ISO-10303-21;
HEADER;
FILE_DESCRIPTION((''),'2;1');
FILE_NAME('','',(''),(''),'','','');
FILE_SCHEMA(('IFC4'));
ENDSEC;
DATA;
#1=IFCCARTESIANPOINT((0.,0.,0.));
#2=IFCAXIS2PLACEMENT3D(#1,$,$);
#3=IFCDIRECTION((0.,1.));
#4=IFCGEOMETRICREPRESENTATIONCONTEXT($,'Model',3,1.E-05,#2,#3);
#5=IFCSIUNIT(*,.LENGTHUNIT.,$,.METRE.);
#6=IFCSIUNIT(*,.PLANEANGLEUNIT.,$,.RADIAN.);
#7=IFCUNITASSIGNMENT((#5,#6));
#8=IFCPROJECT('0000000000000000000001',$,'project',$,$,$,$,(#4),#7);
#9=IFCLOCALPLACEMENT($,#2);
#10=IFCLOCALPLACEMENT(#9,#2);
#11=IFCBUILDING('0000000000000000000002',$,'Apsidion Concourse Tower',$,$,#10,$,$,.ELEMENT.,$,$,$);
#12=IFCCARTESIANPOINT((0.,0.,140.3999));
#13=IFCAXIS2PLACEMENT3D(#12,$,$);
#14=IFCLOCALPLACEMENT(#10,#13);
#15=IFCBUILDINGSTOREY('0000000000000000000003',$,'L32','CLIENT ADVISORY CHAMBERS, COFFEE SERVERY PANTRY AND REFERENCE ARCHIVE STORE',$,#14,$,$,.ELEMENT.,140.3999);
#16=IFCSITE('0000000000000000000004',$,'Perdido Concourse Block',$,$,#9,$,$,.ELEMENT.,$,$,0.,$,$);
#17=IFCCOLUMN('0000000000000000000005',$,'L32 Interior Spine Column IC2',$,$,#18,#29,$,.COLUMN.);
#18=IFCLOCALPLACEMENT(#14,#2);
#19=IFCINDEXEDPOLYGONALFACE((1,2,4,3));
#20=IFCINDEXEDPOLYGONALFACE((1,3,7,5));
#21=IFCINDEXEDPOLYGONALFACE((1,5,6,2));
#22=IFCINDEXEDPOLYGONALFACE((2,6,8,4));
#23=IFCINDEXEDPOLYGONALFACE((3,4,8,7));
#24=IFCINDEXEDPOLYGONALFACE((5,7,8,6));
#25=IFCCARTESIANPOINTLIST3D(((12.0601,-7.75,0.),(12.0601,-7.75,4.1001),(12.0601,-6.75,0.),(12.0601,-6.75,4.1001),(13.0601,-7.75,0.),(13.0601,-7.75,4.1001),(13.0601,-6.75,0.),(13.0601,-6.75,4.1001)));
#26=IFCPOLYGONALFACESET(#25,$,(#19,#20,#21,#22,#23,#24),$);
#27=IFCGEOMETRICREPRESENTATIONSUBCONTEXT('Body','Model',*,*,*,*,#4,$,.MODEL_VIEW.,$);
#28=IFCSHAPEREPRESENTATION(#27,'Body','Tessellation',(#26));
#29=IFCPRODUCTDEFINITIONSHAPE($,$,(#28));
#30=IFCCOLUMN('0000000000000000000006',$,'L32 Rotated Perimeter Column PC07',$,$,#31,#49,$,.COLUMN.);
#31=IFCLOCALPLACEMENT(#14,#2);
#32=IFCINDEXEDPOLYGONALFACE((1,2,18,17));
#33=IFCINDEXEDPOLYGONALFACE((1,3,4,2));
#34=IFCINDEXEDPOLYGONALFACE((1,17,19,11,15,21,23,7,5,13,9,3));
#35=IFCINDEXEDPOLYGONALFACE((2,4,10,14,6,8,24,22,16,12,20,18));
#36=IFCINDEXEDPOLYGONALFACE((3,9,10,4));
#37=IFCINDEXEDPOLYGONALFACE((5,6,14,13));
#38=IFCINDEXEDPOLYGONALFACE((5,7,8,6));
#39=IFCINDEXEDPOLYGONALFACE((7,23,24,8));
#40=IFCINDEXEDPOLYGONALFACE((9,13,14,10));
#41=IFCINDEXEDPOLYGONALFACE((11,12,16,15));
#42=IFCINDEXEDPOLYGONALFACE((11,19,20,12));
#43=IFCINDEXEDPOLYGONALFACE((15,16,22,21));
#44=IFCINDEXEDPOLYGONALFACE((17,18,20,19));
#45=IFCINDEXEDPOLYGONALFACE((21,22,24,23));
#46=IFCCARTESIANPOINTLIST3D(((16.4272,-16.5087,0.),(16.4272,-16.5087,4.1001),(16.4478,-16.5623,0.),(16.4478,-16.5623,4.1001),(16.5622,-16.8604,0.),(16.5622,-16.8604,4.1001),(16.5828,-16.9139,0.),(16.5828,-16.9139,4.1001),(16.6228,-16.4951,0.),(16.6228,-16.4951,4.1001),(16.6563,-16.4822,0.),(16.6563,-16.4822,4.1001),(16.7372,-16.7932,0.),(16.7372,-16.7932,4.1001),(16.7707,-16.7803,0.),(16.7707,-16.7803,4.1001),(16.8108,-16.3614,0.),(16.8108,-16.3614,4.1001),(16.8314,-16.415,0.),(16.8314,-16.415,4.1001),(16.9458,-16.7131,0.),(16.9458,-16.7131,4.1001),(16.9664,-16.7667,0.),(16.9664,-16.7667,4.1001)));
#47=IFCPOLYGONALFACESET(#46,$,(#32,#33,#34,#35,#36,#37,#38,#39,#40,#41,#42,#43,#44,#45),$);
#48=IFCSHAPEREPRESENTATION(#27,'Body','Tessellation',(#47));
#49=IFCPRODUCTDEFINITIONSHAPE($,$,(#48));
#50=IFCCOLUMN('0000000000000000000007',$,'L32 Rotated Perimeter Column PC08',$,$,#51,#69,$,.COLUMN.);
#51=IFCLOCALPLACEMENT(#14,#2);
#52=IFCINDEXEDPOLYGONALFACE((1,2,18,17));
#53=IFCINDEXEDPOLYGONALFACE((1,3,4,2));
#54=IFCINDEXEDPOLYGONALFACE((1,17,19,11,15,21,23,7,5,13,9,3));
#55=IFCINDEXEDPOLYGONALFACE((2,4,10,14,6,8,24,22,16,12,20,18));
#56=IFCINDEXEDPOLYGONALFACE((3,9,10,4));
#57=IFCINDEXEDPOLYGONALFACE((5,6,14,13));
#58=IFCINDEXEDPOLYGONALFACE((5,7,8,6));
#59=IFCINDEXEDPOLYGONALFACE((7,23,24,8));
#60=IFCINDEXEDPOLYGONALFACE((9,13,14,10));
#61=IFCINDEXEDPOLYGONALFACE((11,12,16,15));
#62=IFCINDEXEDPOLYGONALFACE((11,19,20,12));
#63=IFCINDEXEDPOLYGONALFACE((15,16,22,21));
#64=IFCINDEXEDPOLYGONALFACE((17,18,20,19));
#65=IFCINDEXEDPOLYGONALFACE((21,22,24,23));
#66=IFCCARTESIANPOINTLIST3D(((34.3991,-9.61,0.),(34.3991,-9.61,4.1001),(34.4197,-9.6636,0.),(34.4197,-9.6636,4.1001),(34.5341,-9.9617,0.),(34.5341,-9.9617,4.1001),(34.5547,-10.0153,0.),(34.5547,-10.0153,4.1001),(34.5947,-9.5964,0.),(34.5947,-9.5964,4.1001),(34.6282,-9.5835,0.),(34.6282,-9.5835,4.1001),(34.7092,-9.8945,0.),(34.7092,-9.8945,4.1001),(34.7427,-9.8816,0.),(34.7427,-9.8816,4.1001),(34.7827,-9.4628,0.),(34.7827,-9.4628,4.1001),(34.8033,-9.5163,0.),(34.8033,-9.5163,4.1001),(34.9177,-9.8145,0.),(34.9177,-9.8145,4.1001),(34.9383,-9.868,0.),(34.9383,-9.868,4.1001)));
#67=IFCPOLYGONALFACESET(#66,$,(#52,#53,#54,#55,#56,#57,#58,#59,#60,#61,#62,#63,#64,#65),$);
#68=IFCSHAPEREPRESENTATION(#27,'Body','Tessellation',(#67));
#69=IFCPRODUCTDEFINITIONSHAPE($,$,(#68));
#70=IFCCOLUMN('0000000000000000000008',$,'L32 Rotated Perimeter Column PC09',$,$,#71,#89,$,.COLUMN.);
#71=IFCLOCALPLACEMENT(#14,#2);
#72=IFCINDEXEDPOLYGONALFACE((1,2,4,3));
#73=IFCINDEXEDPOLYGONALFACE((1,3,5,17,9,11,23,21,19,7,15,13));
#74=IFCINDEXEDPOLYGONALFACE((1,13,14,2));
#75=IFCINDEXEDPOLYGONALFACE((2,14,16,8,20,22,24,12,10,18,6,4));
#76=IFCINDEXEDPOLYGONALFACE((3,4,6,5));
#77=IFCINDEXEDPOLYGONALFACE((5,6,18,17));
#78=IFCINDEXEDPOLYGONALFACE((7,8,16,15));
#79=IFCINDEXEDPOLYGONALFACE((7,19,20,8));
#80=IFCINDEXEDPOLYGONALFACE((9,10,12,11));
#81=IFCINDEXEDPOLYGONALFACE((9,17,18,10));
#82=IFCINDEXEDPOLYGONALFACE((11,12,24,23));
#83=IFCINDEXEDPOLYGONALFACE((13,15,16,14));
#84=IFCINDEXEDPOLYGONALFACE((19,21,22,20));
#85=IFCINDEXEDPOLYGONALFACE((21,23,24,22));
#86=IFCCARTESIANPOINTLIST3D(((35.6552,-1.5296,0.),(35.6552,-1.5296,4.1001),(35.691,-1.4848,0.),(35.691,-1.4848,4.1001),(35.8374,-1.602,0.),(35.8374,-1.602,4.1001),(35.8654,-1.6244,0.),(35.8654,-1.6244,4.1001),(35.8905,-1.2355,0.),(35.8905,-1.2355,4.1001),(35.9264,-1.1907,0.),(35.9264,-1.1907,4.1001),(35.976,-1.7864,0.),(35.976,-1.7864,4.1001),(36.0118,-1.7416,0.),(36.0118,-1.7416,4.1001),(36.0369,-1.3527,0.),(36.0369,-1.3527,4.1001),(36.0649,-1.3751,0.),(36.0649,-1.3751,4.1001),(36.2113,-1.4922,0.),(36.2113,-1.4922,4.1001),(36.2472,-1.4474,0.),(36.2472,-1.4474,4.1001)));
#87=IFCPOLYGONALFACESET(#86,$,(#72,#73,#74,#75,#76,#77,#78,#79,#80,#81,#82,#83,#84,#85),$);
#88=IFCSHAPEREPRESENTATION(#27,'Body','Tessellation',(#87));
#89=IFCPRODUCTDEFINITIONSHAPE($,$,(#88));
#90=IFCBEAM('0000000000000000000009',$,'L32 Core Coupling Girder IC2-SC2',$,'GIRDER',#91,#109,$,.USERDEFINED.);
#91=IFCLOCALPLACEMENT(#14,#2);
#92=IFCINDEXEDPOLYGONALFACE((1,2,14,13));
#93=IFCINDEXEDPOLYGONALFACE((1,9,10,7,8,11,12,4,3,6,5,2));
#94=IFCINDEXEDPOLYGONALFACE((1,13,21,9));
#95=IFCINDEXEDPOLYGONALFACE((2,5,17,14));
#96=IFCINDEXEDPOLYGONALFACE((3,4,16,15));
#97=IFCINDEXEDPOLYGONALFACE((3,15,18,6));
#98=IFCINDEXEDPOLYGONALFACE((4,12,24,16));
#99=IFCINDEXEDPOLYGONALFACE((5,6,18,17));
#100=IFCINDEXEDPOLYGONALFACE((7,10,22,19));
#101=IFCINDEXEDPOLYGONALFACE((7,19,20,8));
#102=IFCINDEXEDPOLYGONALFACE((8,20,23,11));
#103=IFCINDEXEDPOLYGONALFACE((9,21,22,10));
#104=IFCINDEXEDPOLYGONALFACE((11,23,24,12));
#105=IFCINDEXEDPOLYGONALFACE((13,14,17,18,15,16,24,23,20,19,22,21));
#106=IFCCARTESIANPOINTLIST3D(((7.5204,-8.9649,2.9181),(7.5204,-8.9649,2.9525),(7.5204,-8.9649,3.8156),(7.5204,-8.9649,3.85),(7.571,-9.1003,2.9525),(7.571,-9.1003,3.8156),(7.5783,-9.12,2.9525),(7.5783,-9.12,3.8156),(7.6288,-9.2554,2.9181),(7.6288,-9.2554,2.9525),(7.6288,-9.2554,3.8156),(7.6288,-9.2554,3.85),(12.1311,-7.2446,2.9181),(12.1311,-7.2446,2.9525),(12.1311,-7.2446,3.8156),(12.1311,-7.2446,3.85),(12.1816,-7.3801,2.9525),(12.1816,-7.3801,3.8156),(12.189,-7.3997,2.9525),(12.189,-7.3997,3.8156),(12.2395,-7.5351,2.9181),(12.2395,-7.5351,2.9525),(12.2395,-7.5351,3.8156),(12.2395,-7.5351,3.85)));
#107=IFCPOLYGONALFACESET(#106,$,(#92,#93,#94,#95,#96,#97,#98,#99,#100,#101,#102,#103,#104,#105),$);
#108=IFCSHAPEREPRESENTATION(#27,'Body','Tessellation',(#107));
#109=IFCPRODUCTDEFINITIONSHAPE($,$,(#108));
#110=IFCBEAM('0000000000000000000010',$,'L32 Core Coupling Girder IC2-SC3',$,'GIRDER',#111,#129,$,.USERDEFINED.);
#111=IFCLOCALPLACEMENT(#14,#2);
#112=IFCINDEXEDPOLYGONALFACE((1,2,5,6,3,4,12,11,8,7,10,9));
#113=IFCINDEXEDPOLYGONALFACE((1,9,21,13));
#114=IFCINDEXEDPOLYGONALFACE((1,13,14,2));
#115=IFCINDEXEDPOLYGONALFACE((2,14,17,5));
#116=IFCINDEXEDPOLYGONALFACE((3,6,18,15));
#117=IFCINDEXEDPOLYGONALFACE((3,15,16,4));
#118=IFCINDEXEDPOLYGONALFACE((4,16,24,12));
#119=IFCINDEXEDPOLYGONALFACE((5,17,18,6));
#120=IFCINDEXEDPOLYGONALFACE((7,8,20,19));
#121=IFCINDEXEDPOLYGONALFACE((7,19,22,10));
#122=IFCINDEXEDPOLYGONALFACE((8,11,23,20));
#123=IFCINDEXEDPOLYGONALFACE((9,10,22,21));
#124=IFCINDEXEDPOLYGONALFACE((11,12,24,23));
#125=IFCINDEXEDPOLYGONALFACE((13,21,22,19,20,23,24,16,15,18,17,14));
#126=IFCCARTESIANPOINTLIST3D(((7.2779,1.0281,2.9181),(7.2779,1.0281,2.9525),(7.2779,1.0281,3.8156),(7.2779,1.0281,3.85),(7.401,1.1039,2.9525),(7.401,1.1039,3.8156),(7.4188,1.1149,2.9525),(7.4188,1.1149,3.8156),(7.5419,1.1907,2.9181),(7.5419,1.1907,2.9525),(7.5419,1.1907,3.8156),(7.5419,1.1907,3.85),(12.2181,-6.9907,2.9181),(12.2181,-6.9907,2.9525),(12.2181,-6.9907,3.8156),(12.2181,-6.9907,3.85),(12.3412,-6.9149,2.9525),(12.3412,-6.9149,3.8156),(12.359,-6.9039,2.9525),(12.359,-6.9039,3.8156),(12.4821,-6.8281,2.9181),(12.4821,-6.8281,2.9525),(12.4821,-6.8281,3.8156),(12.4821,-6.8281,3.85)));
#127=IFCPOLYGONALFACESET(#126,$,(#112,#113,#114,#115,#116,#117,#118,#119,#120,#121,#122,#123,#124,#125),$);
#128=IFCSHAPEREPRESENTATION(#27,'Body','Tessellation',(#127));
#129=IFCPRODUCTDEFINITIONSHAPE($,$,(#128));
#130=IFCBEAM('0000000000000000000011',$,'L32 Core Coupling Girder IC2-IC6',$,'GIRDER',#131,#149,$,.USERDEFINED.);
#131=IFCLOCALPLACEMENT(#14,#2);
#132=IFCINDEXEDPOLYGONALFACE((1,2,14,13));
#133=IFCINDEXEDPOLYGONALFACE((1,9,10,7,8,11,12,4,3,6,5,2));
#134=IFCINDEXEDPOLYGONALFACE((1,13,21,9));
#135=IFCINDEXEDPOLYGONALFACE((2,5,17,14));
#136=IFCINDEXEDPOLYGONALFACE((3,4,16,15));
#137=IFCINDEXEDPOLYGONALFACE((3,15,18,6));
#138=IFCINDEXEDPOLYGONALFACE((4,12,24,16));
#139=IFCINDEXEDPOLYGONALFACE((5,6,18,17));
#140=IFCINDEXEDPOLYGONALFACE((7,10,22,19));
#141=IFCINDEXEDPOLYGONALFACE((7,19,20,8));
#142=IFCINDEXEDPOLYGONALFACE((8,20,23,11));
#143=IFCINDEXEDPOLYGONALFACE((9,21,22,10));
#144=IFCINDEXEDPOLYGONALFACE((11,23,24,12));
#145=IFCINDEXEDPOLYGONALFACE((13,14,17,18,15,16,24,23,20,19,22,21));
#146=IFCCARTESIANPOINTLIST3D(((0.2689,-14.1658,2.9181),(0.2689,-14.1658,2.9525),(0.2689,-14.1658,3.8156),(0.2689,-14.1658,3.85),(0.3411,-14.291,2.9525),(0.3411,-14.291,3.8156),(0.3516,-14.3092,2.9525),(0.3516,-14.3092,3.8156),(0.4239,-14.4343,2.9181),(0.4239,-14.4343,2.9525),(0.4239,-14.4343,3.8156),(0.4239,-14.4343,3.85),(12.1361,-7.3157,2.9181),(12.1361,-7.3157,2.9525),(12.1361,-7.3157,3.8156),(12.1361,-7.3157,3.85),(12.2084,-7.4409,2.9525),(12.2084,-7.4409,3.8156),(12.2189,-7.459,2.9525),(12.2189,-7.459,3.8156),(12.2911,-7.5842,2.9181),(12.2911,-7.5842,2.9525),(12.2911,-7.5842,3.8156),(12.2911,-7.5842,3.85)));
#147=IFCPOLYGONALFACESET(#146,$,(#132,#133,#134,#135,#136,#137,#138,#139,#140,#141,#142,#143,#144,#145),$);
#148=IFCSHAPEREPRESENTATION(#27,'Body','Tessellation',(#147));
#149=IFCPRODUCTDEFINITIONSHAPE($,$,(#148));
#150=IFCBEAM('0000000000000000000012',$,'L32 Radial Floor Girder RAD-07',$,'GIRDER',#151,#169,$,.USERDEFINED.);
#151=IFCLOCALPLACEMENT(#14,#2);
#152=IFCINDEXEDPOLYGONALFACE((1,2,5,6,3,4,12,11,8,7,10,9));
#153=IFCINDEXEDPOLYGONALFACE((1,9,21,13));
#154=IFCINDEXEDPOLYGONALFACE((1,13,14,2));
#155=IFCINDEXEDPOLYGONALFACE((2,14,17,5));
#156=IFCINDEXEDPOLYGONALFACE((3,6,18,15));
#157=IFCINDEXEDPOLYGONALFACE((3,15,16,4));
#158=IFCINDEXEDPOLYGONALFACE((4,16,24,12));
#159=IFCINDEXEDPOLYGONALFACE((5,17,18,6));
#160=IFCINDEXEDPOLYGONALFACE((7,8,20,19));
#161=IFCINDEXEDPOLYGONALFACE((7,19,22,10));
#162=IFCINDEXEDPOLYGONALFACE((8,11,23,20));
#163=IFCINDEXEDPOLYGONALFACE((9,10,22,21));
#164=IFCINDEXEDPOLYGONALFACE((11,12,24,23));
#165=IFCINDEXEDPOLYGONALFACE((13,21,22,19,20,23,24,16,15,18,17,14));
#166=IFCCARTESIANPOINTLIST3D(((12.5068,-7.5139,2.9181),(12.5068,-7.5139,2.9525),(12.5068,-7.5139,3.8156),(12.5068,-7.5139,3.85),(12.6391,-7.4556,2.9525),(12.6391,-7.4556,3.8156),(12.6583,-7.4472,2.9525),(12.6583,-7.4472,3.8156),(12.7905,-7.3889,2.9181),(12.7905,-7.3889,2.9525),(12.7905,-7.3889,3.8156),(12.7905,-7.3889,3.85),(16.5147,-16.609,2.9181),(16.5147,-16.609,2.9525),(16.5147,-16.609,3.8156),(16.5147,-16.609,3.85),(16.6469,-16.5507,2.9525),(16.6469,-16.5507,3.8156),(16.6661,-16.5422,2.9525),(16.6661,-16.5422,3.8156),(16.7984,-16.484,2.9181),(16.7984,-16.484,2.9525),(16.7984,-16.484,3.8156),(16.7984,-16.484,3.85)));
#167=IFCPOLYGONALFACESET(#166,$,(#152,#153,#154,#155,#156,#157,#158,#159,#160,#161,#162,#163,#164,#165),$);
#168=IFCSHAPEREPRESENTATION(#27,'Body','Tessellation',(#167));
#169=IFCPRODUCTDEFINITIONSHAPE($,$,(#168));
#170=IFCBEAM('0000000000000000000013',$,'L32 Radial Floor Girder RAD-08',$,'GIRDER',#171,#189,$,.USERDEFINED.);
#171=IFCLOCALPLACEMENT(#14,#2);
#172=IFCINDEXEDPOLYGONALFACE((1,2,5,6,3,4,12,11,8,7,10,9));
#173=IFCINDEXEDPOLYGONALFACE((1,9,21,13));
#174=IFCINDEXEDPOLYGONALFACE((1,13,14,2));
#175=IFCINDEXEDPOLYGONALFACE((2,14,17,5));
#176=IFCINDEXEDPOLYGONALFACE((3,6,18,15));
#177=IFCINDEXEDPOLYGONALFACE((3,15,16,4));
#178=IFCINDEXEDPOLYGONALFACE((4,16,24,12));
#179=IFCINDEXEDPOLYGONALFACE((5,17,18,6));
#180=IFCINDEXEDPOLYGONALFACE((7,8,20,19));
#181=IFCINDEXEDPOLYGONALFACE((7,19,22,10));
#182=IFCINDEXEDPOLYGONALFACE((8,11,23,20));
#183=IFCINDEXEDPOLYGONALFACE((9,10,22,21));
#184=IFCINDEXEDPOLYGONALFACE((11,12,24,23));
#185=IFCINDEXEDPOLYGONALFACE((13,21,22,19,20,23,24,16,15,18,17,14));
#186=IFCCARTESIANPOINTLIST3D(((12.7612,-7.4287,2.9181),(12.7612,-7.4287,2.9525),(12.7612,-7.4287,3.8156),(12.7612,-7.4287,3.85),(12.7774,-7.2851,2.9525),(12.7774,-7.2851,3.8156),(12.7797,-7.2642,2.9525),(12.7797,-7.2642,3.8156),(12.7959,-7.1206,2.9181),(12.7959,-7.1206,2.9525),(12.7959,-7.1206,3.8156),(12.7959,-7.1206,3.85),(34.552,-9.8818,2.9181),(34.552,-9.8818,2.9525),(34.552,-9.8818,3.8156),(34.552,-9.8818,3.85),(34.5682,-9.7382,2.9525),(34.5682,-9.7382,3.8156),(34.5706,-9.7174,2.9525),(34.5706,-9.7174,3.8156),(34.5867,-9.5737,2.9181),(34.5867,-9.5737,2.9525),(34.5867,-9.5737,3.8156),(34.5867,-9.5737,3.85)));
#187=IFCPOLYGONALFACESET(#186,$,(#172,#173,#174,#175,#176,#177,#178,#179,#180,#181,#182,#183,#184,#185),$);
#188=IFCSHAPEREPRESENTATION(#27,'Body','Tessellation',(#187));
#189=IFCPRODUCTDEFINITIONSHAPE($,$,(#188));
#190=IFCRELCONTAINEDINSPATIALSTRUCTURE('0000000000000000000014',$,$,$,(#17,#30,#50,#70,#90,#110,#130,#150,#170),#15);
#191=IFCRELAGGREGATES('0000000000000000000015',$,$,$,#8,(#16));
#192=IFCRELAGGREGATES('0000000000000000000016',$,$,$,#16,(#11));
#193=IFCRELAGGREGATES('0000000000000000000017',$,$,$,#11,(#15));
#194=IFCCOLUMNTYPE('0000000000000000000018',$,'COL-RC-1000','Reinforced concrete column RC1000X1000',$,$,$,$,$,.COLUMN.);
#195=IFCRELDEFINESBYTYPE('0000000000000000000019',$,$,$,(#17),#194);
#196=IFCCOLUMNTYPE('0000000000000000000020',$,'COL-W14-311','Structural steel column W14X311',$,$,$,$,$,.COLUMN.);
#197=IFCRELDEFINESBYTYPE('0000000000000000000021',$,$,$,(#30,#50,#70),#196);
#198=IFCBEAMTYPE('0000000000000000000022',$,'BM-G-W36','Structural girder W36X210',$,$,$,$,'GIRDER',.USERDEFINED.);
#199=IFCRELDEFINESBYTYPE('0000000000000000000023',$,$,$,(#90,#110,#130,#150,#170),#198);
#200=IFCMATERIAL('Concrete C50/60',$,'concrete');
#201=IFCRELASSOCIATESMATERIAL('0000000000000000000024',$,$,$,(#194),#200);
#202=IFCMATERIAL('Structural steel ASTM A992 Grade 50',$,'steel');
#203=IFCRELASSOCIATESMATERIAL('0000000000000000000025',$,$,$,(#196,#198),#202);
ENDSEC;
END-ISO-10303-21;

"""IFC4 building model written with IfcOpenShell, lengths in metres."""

from ifc_helpers import new_model, si_unit, direction, frame, origin, origin_2d, place, context, subcontext, project, spatial, rectangle, i_section, extrude, material, material_profile, profile_set, type_object, element, save


model = new_model("IFC4")

# Units and contexts
model_context = context("Model", 3, precision=1e-05, world=origin(), true_north=direction((0.0, 1.0)))
body_context = subcontext(model_context, "Body", "Model", "MODEL_VIEW")
ifc_project = project(units=[si_unit("LENGTHUNIT", "METRE"), si_unit("PLANEANGLEUNIT", "RADIAN")], contexts=[model_context])

# Site, building, storey
site_placement = place(None, origin())
site = spatial("IfcSite", under=ifc_project, at=site_placement, Name="Perdido Concourse Block", CompositionType="ELEMENT", RefElevation=0.0)
building_placement = place(site_placement, origin())
building = spatial("IfcBuilding", under=site, at=building_placement, Name="Apsidion Concourse Tower", CompositionType="ELEMENT")
storey_placement = place(building_placement, frame((0.0, 0.0, 140.3999)))
storey = spatial("IfcBuildingStorey", under=building, at=storey_placement, Name="L32", Description="CLIENT ADVISORY CHAMBERS, COFFEE SERVERY PANTRY AND REFERENCE ARCHIVE STORE", CompositionType="ELEMENT", Elevation=140.3999)

# Columns
ifc_material_1 = material(Name="Concrete C50/60", Category="concrete")
ifc_material_profile_1 = material_profile(ifc_material_1, rectangle(XDim=1.0, YDim=1.0, at=origin_2d()), Name="RC 1000x1000")
ifc_profile_set_1 = profile_set([ifc_material_profile_1], Name="Concrete C50/60")
column_type_1 = type_object("IfcColumnType", Name="COL-RC-1000", Description="Reinforced concrete column RC1000X1000", PredefinedType="COLUMN", material=ifc_profile_set_1)
column_placement = place(storey_placement, frame((12.5601, -7.25, 0.0), z_axis=(0.0, 0.0, 1.0), x_axis=(1.0, 0.0, 0.0)))
element("IfcColumn", 1, at=column_placement, inside=storey, type_object=column_type_1, Name="L32 Interior Spine Column IC2", PredefinedType="COLUMN", context=body_context, shape_type="SweptSolid", body=[
    extrude(rectangle(XDim=1.0, YDim=1.0, at=origin_2d()), origin(), (0.0, 0.0, 1.0), 4.1001),
])
ifc_material_2 = material(Name="Structural steel ASTM A992 Grade 50", Category="steel")
ifc_material_profile_2 = material_profile(ifc_material_2, i_section(OverallWidth=0.4109, OverallDepth=0.4341, WebThickness=0.0359, FlangeThickness=0.0574, at=origin_2d()), Name="W14X311")
ifc_profile_set_2 = profile_set([ifc_material_profile_2], Name="Structural steel ASTM A992 Grade 50")
column_type_2 = type_object("IfcColumnType", Name="COL-W14-311", Description="Structural steel column W14X311", PredefinedType="COLUMN", material=ifc_profile_set_2)
for number, where, z_axis, x_axis, name in (
    (2, (16.6968, -16.6377, 0.0), (0.0, 0.0, 1.0), (0.93358, 0.358368, 0.0), "L32 Rotated Perimeter Column PC07"),
    (3, (34.6687, -9.739, 0.0), (0.0, 0.0, 1.0), (0.93358, 0.358368, 0.0), "L32 Rotated Perimeter Column PC08"),
    (4, (35.9512, -1.4885, 0.0), (0.0, 0.0, 1.0), (-0.780758, 0.624834, 0.0), "L32 Rotated Perimeter Column PC09"),
):
    element("IfcColumn", number, at=place(storey_placement, frame(where, z_axis=z_axis, x_axis=x_axis)), inside=storey, type_object=column_type_2, Name=name, PredefinedType="COLUMN", context=body_context, shape_type="SweptSolid", body=[
        extrude(i_section(OverallWidth=0.4109, OverallDepth=0.4341, WebThickness=0.0359, FlangeThickness=0.0574, at=origin_2d()), origin(), (0.0, 0.0, 1.0), 4.1001),
    ])

# Beams
ifc_material_profile_3 = material_profile(ifc_material_2, i_section(OverallWidth=0.3101, OverallDepth=0.9319, WebThickness=0.021, FlangeThickness=0.0344, at=origin_2d()), Name="W36X210")
ifc_profile_set_3 = profile_set([ifc_material_profile_3], Name="Structural steel ASTM A992 Grade 50")
beam_type_1 = type_object("IfcBeamType", Name="BM-G-W36", Description="Structural girder W36X210", ElementType="GIRDER", PredefinedType="USERDEFINED", material=ifc_profile_set_3)
beam_1_placement = place(storey_placement, frame((12.1853, -7.3899, 3.384), z_axis=(-0.936913, -0.349563, 0.0), x_axis=(0.349563, -0.936913, 0.0)))
element("IfcBeam", 5, at=beam_1_placement, inside=storey, type_object=beam_type_1, Name="L32 Core Coupling Girder IC2-SC2", ObjectType="GIRDER", PredefinedType="USERDEFINED", context=body_context, shape_type="SweptSolid", body=[
    extrude(i_section(OverallWidth=0.3101, OverallDepth=0.9319, WebThickness=0.021, FlangeThickness=0.0344, at=origin_2d()), origin(), (0.0, 0.0, 1.0), 4.9211),
])
beam_2_placement = place(storey_placement, frame((12.3501, -6.9094, 3.384), z_axis=(-0.524524, 0.851396, 0.0), x_axis=(-0.851396, -0.524524, 0.0)))
element("IfcBeam", 6, at=beam_2_placement, inside=storey, type_object=beam_type_1, Name="L32 Core Coupling Girder IC2-SC3", ObjectType="GIRDER", PredefinedType="USERDEFINED", context=body_context, shape_type="SweptSolid", body=[
    extrude(i_section(OverallWidth=0.3101, OverallDepth=0.9319, WebThickness=0.021, FlangeThickness=0.0344, at=origin_2d()), origin(), (0.0, 0.0, 1.0), 9.4185),
])
beam_3_placement = place(storey_placement, frame((12.2136, -7.45, 3.384), z_axis=(-0.86607, -0.499922, 0.0), x_axis=(0.499922, -0.86607, 0.0)))
element("IfcBeam", 7, at=beam_3_placement, inside=storey, type_object=beam_type_1, Name="L32 Core Coupling Girder IC2-IC6", ObjectType="GIRDER", PredefinedType="USERDEFINED", context=body_context, shape_type="SweptSolid", body=[
    extrude(i_section(OverallWidth=0.3101, OverallDepth=0.9319, WebThickness=0.021, FlangeThickness=0.0344, at=origin_2d()), origin(), (0.0, 0.0, 1.0), 13.7024),
])
beam_4_placement = place(storey_placement, frame((12.6487, -7.4514, 3.384), z_axis=(0.403246, -0.915091, 0.0), x_axis=(0.915091, 0.403246, 0.0)))
element("IfcBeam", 8, at=beam_4_placement, inside=storey, type_object=beam_type_1, Name="L32 Radial Floor Girder RAD-07", ObjectType="GIRDER", PredefinedType="USERDEFINED", context=body_context, shape_type="SweptSolid", body=[
    extrude(i_section(OverallWidth=0.3101, OverallDepth=0.9319, WebThickness=0.021, FlangeThickness=0.0344, at=origin_2d()), origin(), (0.0, 0.0, 1.0), 9.939),
])
beam_5_placement = place(storey_placement, frame((12.7786, -7.2747, 3.384), z_axis=(0.993723, -0.11187, 0.0), x_axis=(0.11187, 0.993723, 0.0)))
element("IfcBeam", 9, at=beam_5_placement, inside=storey, type_object=beam_type_1, Name="L32 Radial Floor Girder RAD-08", ObjectType="GIRDER", PredefinedType="USERDEFINED", context=body_context, shape_type="SweptSolid", body=[
    extrude(i_section(OverallWidth=0.3101, OverallDepth=0.9319, WebThickness=0.021, FlangeThickness=0.0344, at=origin_2d()), origin(), (0.0, 0.0, 1.0), 21.9285),
])

save(model, "model.ifc")
